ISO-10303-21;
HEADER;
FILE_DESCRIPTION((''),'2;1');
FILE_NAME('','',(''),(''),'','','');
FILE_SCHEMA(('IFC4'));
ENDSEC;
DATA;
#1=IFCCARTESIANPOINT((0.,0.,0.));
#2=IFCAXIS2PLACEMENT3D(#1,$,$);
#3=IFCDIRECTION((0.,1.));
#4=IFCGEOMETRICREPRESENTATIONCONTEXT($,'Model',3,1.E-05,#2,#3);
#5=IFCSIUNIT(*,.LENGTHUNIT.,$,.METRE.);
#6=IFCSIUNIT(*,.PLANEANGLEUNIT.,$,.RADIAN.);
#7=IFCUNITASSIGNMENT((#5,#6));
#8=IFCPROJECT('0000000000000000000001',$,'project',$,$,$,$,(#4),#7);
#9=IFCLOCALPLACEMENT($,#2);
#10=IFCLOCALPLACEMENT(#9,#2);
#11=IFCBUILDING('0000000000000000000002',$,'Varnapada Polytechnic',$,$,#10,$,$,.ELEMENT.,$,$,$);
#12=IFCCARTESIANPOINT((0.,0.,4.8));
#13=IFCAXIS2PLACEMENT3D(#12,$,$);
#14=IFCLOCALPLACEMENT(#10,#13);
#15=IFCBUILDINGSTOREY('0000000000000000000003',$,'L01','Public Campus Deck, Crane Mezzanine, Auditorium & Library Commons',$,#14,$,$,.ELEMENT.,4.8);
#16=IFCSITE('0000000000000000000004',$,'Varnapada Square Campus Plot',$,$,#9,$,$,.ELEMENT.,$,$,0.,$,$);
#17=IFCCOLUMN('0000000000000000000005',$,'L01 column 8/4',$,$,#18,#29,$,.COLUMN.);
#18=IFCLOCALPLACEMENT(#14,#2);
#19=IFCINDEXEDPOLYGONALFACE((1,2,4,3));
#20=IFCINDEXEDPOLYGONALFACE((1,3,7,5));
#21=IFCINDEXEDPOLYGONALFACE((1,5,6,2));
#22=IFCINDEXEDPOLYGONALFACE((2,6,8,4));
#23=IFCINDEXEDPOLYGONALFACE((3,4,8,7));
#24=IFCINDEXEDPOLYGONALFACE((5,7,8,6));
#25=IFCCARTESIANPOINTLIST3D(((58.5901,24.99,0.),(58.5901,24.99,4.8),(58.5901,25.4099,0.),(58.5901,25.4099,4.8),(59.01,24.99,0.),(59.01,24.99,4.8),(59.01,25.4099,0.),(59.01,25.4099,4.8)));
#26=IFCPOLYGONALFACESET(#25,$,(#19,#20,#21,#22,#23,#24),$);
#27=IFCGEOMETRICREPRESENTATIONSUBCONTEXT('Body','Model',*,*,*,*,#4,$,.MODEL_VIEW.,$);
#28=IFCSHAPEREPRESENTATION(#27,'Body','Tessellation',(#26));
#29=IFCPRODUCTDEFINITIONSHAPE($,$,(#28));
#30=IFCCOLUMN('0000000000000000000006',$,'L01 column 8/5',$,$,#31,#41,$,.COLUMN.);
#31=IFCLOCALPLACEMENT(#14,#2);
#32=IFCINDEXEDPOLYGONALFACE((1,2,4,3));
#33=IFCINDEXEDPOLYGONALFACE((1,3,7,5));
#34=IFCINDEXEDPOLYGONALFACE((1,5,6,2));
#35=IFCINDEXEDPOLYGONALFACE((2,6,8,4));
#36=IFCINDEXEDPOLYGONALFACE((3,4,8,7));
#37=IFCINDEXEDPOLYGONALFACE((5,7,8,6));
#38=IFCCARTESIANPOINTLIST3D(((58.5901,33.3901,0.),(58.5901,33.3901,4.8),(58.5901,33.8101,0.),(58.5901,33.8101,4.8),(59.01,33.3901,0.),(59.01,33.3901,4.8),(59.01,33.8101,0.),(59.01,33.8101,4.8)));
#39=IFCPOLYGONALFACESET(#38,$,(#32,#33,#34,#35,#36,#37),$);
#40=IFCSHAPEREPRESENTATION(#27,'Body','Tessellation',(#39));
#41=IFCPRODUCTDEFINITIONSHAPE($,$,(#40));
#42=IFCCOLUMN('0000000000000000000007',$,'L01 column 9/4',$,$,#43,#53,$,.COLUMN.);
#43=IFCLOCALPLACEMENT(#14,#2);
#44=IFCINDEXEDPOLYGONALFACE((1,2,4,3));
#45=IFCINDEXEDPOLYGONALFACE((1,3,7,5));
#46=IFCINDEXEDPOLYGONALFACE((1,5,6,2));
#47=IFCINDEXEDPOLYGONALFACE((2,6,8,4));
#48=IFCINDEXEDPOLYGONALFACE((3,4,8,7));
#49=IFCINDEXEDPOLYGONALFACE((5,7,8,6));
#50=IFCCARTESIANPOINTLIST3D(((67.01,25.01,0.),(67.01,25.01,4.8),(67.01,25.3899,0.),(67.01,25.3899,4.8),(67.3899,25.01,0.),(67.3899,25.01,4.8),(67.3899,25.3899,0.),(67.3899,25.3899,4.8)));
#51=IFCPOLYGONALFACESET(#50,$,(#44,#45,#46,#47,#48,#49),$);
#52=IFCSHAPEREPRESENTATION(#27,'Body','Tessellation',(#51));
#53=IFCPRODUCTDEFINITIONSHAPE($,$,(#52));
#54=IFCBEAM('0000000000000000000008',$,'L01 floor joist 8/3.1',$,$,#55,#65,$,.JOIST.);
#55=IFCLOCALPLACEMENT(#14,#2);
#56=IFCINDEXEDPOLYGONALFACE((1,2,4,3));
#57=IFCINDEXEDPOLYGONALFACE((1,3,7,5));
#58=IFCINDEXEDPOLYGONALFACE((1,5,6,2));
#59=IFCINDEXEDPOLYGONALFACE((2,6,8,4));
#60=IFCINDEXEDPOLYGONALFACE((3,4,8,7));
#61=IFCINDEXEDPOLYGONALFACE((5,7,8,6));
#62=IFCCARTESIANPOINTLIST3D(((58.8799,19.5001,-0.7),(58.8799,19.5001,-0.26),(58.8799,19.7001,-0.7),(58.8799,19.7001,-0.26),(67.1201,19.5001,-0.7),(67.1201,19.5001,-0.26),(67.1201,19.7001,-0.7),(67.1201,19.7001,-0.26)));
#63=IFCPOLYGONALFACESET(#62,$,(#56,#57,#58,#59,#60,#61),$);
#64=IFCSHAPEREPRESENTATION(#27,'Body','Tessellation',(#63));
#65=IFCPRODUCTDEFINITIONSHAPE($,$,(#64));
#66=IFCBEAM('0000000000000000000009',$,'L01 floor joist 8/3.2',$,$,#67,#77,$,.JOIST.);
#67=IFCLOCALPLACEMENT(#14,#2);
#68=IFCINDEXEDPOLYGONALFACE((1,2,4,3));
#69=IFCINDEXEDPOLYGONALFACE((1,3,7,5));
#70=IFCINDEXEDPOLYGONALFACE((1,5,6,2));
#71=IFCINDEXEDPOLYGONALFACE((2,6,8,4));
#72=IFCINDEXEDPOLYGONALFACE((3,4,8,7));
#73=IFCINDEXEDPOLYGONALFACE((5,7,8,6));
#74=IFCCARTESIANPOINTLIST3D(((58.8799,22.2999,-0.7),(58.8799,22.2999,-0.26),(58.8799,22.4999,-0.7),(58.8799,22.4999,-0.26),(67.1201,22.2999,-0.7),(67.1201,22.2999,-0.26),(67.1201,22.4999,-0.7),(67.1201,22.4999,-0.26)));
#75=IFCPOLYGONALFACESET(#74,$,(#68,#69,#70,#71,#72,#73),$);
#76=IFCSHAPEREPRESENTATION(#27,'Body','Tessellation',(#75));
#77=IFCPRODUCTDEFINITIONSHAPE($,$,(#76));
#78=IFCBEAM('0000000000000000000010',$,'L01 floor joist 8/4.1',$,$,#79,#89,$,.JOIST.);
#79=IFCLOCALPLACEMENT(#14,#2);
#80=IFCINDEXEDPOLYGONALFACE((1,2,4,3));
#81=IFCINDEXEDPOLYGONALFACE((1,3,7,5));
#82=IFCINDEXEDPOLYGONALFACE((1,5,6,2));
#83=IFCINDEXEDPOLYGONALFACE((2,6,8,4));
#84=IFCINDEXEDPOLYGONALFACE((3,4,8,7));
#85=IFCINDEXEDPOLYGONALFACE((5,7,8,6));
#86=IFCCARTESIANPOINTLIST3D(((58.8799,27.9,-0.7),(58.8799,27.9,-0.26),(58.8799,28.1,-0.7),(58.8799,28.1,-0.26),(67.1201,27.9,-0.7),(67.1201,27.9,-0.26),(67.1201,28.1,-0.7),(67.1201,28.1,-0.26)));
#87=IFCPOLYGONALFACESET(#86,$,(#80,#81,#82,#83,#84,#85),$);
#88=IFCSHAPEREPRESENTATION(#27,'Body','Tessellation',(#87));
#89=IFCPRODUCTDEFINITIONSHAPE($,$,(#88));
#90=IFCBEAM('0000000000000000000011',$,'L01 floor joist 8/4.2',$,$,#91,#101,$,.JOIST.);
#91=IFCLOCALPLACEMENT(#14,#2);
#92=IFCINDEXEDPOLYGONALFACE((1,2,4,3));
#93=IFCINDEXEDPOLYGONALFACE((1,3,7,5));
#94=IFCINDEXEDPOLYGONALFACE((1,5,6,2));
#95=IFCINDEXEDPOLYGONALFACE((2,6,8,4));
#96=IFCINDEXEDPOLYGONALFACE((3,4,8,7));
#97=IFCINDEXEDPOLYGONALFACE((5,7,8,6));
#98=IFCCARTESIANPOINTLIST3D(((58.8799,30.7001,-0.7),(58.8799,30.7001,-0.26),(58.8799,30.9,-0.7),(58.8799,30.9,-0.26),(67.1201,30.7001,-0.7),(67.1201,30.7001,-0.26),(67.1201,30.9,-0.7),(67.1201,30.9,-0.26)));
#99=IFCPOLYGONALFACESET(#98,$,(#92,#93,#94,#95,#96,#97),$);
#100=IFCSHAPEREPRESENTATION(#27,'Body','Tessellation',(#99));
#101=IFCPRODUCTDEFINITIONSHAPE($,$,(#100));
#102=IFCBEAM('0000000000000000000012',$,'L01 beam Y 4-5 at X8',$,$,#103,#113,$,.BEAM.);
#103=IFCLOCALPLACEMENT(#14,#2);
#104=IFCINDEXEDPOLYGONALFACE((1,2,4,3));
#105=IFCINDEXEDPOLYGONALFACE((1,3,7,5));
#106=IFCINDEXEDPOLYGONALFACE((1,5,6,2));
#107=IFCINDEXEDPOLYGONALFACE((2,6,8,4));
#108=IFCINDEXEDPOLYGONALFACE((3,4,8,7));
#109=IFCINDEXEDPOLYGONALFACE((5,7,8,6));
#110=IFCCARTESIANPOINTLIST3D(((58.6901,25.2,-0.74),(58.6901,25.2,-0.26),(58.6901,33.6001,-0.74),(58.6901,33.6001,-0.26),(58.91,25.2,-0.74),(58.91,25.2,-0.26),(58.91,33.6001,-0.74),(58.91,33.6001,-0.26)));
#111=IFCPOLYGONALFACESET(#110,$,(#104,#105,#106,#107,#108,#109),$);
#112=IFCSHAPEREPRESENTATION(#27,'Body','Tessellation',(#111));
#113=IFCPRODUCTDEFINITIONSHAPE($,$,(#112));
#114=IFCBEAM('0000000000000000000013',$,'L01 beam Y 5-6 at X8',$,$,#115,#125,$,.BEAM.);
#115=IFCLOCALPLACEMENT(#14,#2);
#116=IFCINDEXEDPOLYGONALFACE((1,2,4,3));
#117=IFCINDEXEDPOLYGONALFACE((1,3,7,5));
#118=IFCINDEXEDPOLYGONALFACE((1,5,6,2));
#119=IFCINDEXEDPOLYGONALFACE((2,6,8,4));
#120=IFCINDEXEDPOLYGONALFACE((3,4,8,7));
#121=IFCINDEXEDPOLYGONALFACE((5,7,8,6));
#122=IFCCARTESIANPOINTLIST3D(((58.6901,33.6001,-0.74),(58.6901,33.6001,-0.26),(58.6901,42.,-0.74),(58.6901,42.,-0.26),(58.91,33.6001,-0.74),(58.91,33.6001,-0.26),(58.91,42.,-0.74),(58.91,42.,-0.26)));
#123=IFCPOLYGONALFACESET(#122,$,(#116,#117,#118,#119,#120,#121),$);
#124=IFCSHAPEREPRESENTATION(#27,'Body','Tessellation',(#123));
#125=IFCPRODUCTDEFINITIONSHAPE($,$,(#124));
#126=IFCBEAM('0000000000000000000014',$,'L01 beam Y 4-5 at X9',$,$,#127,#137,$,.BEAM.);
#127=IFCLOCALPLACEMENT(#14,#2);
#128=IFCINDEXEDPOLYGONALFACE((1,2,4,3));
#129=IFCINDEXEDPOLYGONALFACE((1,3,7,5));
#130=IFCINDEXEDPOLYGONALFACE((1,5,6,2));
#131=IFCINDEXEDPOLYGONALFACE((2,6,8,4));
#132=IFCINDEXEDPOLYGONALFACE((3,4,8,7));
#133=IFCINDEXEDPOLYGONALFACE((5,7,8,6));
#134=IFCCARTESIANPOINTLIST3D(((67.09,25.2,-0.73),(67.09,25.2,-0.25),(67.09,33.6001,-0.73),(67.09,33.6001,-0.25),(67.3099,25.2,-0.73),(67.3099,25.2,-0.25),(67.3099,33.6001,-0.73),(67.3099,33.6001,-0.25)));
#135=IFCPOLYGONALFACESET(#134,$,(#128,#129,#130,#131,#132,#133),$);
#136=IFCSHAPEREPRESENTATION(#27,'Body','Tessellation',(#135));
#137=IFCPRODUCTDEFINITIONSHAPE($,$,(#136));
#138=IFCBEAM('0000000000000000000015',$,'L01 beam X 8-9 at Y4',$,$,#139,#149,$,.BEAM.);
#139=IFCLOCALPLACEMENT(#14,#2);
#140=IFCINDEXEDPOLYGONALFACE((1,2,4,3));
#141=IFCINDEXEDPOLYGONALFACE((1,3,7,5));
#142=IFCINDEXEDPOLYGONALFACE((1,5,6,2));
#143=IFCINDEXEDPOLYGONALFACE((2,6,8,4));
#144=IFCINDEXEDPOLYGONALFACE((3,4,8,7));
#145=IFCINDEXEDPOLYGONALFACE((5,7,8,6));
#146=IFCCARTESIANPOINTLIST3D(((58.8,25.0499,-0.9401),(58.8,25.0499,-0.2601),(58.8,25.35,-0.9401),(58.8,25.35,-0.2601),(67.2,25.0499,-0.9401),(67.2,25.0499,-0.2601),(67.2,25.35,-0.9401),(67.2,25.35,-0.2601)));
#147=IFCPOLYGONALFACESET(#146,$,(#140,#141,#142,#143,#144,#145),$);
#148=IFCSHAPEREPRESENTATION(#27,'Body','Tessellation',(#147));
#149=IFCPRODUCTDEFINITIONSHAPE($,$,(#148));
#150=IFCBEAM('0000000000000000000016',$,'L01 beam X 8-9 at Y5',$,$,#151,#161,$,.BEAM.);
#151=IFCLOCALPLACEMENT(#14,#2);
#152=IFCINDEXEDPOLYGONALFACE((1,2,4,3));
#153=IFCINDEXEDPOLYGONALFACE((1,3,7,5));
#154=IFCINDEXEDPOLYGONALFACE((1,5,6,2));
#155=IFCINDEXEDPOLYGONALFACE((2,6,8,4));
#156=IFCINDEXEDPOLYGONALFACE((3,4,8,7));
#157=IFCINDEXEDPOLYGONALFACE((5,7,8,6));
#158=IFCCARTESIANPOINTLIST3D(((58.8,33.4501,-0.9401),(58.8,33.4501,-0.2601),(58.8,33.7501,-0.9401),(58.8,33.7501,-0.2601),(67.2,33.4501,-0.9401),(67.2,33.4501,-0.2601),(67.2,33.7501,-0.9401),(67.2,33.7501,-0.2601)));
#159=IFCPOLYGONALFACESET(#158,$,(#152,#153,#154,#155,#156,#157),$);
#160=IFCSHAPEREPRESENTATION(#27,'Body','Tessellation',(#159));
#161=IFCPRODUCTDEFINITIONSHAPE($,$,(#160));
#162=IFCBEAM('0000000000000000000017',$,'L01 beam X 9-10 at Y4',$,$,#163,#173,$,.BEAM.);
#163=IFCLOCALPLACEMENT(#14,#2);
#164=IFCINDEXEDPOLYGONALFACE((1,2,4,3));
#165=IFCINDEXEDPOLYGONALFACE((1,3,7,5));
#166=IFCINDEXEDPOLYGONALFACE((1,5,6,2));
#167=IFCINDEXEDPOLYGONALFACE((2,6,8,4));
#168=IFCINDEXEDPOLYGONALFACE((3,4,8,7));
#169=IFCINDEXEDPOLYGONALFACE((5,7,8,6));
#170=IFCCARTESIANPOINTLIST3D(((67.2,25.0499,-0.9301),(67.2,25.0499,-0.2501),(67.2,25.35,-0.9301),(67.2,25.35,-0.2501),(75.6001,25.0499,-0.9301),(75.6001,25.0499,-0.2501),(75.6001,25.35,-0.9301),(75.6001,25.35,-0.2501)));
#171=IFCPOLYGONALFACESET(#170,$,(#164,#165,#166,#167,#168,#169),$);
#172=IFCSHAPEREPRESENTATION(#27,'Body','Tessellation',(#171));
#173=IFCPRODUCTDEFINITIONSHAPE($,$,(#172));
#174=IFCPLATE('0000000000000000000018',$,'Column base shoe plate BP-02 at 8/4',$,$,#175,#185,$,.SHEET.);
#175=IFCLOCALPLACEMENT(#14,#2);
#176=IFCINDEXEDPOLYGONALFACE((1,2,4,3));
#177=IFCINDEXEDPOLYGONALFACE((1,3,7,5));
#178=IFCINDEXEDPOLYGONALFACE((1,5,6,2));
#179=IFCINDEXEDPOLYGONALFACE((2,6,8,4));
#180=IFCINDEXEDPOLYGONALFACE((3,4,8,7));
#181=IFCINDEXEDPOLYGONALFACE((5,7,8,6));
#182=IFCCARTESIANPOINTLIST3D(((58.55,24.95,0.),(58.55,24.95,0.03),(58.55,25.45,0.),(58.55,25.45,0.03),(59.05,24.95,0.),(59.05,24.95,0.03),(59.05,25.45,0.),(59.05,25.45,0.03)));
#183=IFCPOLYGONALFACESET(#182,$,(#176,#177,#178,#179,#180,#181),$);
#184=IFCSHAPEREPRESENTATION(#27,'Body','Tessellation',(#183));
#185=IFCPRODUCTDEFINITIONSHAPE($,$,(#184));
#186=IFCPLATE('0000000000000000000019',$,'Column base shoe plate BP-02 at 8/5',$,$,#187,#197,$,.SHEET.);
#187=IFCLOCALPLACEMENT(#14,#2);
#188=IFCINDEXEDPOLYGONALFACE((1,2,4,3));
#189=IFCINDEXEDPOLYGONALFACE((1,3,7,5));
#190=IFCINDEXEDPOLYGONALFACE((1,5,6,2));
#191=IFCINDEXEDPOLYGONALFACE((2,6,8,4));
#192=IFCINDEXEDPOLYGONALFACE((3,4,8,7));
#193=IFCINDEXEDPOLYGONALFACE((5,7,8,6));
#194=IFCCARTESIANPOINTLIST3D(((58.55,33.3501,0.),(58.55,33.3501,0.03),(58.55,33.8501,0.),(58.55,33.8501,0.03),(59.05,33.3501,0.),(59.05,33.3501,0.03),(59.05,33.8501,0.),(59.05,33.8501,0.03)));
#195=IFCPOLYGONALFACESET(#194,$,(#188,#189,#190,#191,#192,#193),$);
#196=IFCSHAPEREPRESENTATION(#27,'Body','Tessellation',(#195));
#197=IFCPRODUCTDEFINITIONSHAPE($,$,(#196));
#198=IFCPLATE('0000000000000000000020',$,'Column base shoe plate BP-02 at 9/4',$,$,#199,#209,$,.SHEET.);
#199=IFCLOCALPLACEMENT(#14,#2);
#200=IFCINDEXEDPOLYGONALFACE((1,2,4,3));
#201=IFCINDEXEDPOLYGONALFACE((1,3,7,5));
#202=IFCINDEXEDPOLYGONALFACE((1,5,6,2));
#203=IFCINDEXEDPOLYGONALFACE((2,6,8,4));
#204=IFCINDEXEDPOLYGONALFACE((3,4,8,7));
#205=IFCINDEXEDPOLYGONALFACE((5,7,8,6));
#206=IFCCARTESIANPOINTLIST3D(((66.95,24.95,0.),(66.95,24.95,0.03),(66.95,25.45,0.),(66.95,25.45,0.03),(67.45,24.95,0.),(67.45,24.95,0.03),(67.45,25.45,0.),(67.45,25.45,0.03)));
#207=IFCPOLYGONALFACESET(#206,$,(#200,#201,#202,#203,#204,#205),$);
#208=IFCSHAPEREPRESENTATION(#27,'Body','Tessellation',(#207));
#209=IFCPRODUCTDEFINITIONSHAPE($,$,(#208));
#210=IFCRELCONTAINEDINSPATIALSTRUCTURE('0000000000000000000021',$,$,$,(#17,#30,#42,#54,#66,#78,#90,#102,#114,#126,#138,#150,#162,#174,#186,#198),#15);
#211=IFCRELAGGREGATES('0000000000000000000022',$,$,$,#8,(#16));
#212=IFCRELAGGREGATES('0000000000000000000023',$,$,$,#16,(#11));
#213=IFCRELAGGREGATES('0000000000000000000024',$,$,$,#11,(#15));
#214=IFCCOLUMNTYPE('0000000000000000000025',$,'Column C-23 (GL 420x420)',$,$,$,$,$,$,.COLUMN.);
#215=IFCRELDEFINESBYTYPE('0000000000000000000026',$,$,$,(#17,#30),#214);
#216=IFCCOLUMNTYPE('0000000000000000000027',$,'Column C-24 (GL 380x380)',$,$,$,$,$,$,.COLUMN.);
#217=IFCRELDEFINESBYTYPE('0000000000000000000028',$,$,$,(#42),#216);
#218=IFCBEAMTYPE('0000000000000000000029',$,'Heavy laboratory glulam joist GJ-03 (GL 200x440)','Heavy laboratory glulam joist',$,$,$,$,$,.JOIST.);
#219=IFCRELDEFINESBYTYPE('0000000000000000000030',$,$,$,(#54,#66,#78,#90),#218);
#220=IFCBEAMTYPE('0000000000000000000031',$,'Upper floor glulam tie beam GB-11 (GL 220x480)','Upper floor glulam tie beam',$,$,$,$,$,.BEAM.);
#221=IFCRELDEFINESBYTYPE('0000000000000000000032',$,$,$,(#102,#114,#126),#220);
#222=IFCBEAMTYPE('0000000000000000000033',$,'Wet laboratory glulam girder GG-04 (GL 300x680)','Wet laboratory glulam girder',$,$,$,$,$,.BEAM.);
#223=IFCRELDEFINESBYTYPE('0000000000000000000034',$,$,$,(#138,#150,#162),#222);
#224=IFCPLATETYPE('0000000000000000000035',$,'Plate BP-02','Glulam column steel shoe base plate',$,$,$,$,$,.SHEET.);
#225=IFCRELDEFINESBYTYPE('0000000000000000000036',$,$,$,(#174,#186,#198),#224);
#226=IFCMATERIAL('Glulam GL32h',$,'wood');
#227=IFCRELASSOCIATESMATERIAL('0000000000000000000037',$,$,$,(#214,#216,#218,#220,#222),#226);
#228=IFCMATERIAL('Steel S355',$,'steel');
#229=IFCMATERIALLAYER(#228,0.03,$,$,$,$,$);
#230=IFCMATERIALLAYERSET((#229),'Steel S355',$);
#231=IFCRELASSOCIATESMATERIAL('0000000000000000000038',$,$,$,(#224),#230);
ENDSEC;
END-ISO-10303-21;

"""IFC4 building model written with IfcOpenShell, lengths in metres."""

from ifc_helpers import new_model, si_unit, direction, frame, origin, origin_2d, place, context, subcontext, project, spatial, rectangle, extrude, material, layer, layer_set, material_profile, profile_set, type_object, element, save


model = new_model("IFC4")

# Units and contexts
model_context = context("Model", 3, precision=1e-05, world=origin(), true_north=direction((0.0, 1.0)))
body_context = subcontext(model_context, "Body", "Model", "MODEL_VIEW")
ifc_project = project(units=[si_unit("LENGTHUNIT", "METRE"), si_unit("PLANEANGLEUNIT", "RADIAN")], contexts=[model_context])

# Site, building, storey
site_placement = place(None, origin())
site = spatial("IfcSite", under=ifc_project, at=site_placement, Name="Varnapada Square Campus Plot", CompositionType="ELEMENT", RefElevation=0.0)
building_placement = place(site_placement, origin())
building = spatial("IfcBuilding", under=site, at=building_placement, Name="Varnapada Polytechnic", CompositionType="ELEMENT")
storey_placement = place(building_placement, frame((0.0, 0.0, 4.8)))
storey = spatial("IfcBuildingStorey", under=building, at=storey_placement, Name="L01", Description="Public Campus Deck, Crane Mezzanine, Auditorium & Library Commons", CompositionType="ELEMENT", Elevation=4.8)

# Columns
ifc_material_1 = material(Name="Glulam GL32h", Category="wood")
ifc_material_profile_1 = material_profile(ifc_material_1, rectangle(XDim=0.4199, YDim=0.4199, at=origin_2d()), Name="GL 420x420")
ifc_profile_set_1 = profile_set([ifc_material_profile_1], Name="Glulam GL32h")
column_type_1 = type_object("IfcColumnType", Name="Column C-23 (GL 420x420)", PredefinedType="COLUMN", material=ifc_profile_set_1)
for number, where, z_axis, x_axis, name in (
    (1, (58.8, 25.2, 0.0), (0.0, 0.0, 1.0), (1.0, 0.0, 0.0), "L01 column 8/4"),
    (2, (58.8, 33.6001, 0.0), (0.0, 0.0, 1.0), (1.0, 0.0, 0.0), "L01 column 8/5"),
):
    element("IfcColumn", number, at=place(storey_placement, frame(where, z_axis=z_axis, x_axis=x_axis)), inside=storey, type_object=column_type_1, Name=name, PredefinedType="COLUMN", context=body_context, shape_type="SweptSolid", body=[
        extrude(rectangle(XDim=0.4199, YDim=0.4199, at=origin_2d()), origin(), (0.0, 0.0, 1.0), 4.8),
    ])
ifc_material_profile_2 = material_profile(ifc_material_1, rectangle(XDim=0.3799, YDim=0.3799, at=origin_2d()), Name="GL 380x380")
ifc_profile_set_2 = profile_set([ifc_material_profile_2], Name="Glulam GL32h")
column_type_2 = type_object("IfcColumnType", Name="Column C-24 (GL 380x380)", PredefinedType="COLUMN", material=ifc_profile_set_2)
column_placement = place(storey_placement, frame((67.2, 25.2, 0.0), z_axis=(0.0, 0.0, 1.0), x_axis=(1.0, 0.0, 0.0)))
element("IfcColumn", 3, at=column_placement, inside=storey, type_object=column_type_2, Name="L01 column 9/4", PredefinedType="COLUMN", context=body_context, shape_type="SweptSolid", body=[
    extrude(rectangle(XDim=0.3799, YDim=0.3799, at=origin_2d()), origin(), (0.0, 0.0, 1.0), 4.8),
])

# Beams
ifc_material_profile_3 = material_profile(ifc_material_1, rectangle(XDim=0.2, YDim=0.4399, at=origin_2d()), Name="GL 200x440")
ifc_profile_set_3 = profile_set([ifc_material_profile_3], Name="Glulam GL32h")
beam_type_1 = type_object("IfcBeamType", Name="Heavy laboratory glulam joist GJ-03 (GL 200x440)", Description="Heavy laboratory glulam joist", PredefinedType="JOIST", material=ifc_profile_set_3)
for number, where, z_axis, x_axis, name in (
    (4, (58.8799, 19.6001, -0.48), (1.0, 0.0, 0.0), (0.0, 1.0, 0.0), "L01 floor joist 8/3.1"),
    (5, (58.8799, 22.3999, -0.48), (1.0, 0.0, 0.0), (0.0, 1.0, 0.0), "L01 floor joist 8/3.2"),
    (6, (58.8799, 28.0, -0.48), (1.0, 0.0, 0.0), (0.0, 1.0, 0.0), "L01 floor joist 8/4.1"),
    (7, (58.8799, 30.8, -0.48), (1.0, 0.0, 0.0), (0.0, 1.0, 0.0), "L01 floor joist 8/4.2"),
):
    element("IfcBeam", number, at=place(storey_placement, frame(where, z_axis=z_axis, x_axis=x_axis)), inside=storey, type_object=beam_type_1, Name=name, PredefinedType="JOIST", context=body_context, shape_type="SweptSolid", body=[
        extrude(rectangle(XDim=0.2, YDim=0.4399, at=origin_2d()), origin(), (0.0, 0.0, 1.0), 8.2402),
    ])
ifc_material_profile_4 = material_profile(ifc_material_1, rectangle(XDim=0.22, YDim=0.48, at=origin_2d()), Name="GL 220x480")
ifc_profile_set_4 = profile_set([ifc_material_profile_4], Name="Glulam GL32h")
beam_type_2 = type_object("IfcBeamType", Name="Upper floor glulam tie beam GB-11 (GL 220x480)", Description="Upper floor glulam tie beam", PredefinedType="BEAM", material=ifc_profile_set_4)
beam_1_placement = place(storey_placement, frame((58.8, 25.2, -0.5), z_axis=(0.0, 1.0, 0.0), x_axis=(-1.0, 0.0, 0.0)))
element("IfcBeam", 8, at=beam_1_placement, inside=storey, type_object=beam_type_2, Name="L01 beam Y 4-5 at X8", PredefinedType="BEAM", context=body_context, shape_type="SweptSolid", body=[
    extrude(rectangle(XDim=0.22, YDim=0.48, at=origin_2d()), origin(), (0.0, 0.0, 1.0), 8.4001),
])
beam_2_placement = place(storey_placement, frame((58.8, 33.6001, -0.5), z_axis=(0.0, 1.0, 0.0), x_axis=(-1.0, 0.0, 0.0)))
element("IfcBeam", 9, at=beam_2_placement, inside=storey, type_object=beam_type_2, Name="L01 beam Y 5-6 at X8", PredefinedType="BEAM", context=body_context, shape_type="SweptSolid", body=[
    extrude(rectangle(XDim=0.22, YDim=0.48, at=origin_2d()), origin(), (0.0, 0.0, 1.0), 8.3999),
])
beam_3_placement = place(storey_placement, frame((67.2, 25.2, -0.49), z_axis=(0.0, 1.0, 0.0), x_axis=(-1.0, 0.0, 0.0)))
element("IfcBeam", 10, at=beam_3_placement, inside=storey, type_object=beam_type_2, Name="L01 beam Y 4-5 at X9", PredefinedType="BEAM", context=body_context, shape_type="SweptSolid", body=[
    extrude(rectangle(XDim=0.22, YDim=0.48, at=origin_2d()), origin(), (0.0, 0.0, 1.0), 8.4001),
])
ifc_material_profile_5 = material_profile(ifc_material_1, rectangle(XDim=0.3, YDim=0.6799, at=origin_2d()), Name="GL 300x680")
ifc_profile_set_5 = profile_set([ifc_material_profile_5], Name="Glulam GL32h")
beam_type_3 = type_object("IfcBeamType", Name="Wet laboratory glulam girder GG-04 (GL 300x680)", Description="Wet laboratory glulam girder", PredefinedType="BEAM", material=ifc_profile_set_5)
for number, where, z_axis, x_axis, name in (
    (11, (58.8, 25.2, -0.6001), (1.0, 0.0, 0.0), (0.0, 1.0, 0.0), "L01 beam X 8-9 at Y4"),
    (12, (58.8, 33.6001, -0.6001), (1.0, 0.0, 0.0), (0.0, 1.0, 0.0), "L01 beam X 8-9 at Y5"),
):
    element("IfcBeam", number, at=place(storey_placement, frame(where, z_axis=z_axis, x_axis=x_axis)), inside=storey, type_object=beam_type_3, Name=name, PredefinedType="BEAM", context=body_context, shape_type="SweptSolid", body=[
        extrude(rectangle(XDim=0.3, YDim=0.6799, at=origin_2d()), origin(), (0.0, 0.0, 1.0), 8.3999),
    ])
beam_4_placement = place(storey_placement, frame((67.2, 25.2, -0.5901), z_axis=(1.0, 0.0, 0.0), x_axis=(0.0, 1.0, 0.0)))
element("IfcBeam", 13, at=beam_4_placement, inside=storey, type_object=beam_type_3, Name="L01 beam X 9-10 at Y4", PredefinedType="BEAM", context=body_context, shape_type="SweptSolid", body=[
    extrude(rectangle(XDim=0.3, YDim=0.6799, at=origin_2d()), origin(), (0.0, 0.0, 1.0), 8.4001),
])

# Plates
ifc_material_2 = material(Name="Steel S355", Category="steel")
ifc_layer_1 = layer(ifc_material_2, 0.03)
ifc_layer_set_1 = layer_set([ifc_layer_1], Name="Steel S355")
plate_type = type_object("IfcPlateType", Name="Plate BP-02", Description="Glulam column steel shoe base plate", PredefinedType="SHEET", material=ifc_layer_set_1)
for number, where, z_axis, x_axis, name in (
    (14, (58.8, 25.2, 0.0), (0.0, 0.0, 1.0), (1.0, 0.0, 0.0), "Column base shoe plate BP-02 at 8/4"),
    (15, (58.8, 33.6001, 0.0), (0.0, 0.0, 1.0), (1.0, 0.0, 0.0), "Column base shoe plate BP-02 at 8/5"),
    (16, (67.2, 25.2, 0.0), (0.0, 0.0, 1.0), (1.0, 0.0, 0.0), "Column base shoe plate BP-02 at 9/4"),
):
    element("IfcPlate", number, at=place(storey_placement, frame(where, z_axis=z_axis, x_axis=x_axis)), inside=storey, type_object=plate_type, Name=name, PredefinedType="SHEET", context=body_context, shape_type="SweptSolid", body=[
        extrude(rectangle(XDim=0.5, YDim=0.5, at=origin_2d()), origin(), (0.0, 0.0, 1.0), 0.03),
    ])

save(model, "model.ifc")
